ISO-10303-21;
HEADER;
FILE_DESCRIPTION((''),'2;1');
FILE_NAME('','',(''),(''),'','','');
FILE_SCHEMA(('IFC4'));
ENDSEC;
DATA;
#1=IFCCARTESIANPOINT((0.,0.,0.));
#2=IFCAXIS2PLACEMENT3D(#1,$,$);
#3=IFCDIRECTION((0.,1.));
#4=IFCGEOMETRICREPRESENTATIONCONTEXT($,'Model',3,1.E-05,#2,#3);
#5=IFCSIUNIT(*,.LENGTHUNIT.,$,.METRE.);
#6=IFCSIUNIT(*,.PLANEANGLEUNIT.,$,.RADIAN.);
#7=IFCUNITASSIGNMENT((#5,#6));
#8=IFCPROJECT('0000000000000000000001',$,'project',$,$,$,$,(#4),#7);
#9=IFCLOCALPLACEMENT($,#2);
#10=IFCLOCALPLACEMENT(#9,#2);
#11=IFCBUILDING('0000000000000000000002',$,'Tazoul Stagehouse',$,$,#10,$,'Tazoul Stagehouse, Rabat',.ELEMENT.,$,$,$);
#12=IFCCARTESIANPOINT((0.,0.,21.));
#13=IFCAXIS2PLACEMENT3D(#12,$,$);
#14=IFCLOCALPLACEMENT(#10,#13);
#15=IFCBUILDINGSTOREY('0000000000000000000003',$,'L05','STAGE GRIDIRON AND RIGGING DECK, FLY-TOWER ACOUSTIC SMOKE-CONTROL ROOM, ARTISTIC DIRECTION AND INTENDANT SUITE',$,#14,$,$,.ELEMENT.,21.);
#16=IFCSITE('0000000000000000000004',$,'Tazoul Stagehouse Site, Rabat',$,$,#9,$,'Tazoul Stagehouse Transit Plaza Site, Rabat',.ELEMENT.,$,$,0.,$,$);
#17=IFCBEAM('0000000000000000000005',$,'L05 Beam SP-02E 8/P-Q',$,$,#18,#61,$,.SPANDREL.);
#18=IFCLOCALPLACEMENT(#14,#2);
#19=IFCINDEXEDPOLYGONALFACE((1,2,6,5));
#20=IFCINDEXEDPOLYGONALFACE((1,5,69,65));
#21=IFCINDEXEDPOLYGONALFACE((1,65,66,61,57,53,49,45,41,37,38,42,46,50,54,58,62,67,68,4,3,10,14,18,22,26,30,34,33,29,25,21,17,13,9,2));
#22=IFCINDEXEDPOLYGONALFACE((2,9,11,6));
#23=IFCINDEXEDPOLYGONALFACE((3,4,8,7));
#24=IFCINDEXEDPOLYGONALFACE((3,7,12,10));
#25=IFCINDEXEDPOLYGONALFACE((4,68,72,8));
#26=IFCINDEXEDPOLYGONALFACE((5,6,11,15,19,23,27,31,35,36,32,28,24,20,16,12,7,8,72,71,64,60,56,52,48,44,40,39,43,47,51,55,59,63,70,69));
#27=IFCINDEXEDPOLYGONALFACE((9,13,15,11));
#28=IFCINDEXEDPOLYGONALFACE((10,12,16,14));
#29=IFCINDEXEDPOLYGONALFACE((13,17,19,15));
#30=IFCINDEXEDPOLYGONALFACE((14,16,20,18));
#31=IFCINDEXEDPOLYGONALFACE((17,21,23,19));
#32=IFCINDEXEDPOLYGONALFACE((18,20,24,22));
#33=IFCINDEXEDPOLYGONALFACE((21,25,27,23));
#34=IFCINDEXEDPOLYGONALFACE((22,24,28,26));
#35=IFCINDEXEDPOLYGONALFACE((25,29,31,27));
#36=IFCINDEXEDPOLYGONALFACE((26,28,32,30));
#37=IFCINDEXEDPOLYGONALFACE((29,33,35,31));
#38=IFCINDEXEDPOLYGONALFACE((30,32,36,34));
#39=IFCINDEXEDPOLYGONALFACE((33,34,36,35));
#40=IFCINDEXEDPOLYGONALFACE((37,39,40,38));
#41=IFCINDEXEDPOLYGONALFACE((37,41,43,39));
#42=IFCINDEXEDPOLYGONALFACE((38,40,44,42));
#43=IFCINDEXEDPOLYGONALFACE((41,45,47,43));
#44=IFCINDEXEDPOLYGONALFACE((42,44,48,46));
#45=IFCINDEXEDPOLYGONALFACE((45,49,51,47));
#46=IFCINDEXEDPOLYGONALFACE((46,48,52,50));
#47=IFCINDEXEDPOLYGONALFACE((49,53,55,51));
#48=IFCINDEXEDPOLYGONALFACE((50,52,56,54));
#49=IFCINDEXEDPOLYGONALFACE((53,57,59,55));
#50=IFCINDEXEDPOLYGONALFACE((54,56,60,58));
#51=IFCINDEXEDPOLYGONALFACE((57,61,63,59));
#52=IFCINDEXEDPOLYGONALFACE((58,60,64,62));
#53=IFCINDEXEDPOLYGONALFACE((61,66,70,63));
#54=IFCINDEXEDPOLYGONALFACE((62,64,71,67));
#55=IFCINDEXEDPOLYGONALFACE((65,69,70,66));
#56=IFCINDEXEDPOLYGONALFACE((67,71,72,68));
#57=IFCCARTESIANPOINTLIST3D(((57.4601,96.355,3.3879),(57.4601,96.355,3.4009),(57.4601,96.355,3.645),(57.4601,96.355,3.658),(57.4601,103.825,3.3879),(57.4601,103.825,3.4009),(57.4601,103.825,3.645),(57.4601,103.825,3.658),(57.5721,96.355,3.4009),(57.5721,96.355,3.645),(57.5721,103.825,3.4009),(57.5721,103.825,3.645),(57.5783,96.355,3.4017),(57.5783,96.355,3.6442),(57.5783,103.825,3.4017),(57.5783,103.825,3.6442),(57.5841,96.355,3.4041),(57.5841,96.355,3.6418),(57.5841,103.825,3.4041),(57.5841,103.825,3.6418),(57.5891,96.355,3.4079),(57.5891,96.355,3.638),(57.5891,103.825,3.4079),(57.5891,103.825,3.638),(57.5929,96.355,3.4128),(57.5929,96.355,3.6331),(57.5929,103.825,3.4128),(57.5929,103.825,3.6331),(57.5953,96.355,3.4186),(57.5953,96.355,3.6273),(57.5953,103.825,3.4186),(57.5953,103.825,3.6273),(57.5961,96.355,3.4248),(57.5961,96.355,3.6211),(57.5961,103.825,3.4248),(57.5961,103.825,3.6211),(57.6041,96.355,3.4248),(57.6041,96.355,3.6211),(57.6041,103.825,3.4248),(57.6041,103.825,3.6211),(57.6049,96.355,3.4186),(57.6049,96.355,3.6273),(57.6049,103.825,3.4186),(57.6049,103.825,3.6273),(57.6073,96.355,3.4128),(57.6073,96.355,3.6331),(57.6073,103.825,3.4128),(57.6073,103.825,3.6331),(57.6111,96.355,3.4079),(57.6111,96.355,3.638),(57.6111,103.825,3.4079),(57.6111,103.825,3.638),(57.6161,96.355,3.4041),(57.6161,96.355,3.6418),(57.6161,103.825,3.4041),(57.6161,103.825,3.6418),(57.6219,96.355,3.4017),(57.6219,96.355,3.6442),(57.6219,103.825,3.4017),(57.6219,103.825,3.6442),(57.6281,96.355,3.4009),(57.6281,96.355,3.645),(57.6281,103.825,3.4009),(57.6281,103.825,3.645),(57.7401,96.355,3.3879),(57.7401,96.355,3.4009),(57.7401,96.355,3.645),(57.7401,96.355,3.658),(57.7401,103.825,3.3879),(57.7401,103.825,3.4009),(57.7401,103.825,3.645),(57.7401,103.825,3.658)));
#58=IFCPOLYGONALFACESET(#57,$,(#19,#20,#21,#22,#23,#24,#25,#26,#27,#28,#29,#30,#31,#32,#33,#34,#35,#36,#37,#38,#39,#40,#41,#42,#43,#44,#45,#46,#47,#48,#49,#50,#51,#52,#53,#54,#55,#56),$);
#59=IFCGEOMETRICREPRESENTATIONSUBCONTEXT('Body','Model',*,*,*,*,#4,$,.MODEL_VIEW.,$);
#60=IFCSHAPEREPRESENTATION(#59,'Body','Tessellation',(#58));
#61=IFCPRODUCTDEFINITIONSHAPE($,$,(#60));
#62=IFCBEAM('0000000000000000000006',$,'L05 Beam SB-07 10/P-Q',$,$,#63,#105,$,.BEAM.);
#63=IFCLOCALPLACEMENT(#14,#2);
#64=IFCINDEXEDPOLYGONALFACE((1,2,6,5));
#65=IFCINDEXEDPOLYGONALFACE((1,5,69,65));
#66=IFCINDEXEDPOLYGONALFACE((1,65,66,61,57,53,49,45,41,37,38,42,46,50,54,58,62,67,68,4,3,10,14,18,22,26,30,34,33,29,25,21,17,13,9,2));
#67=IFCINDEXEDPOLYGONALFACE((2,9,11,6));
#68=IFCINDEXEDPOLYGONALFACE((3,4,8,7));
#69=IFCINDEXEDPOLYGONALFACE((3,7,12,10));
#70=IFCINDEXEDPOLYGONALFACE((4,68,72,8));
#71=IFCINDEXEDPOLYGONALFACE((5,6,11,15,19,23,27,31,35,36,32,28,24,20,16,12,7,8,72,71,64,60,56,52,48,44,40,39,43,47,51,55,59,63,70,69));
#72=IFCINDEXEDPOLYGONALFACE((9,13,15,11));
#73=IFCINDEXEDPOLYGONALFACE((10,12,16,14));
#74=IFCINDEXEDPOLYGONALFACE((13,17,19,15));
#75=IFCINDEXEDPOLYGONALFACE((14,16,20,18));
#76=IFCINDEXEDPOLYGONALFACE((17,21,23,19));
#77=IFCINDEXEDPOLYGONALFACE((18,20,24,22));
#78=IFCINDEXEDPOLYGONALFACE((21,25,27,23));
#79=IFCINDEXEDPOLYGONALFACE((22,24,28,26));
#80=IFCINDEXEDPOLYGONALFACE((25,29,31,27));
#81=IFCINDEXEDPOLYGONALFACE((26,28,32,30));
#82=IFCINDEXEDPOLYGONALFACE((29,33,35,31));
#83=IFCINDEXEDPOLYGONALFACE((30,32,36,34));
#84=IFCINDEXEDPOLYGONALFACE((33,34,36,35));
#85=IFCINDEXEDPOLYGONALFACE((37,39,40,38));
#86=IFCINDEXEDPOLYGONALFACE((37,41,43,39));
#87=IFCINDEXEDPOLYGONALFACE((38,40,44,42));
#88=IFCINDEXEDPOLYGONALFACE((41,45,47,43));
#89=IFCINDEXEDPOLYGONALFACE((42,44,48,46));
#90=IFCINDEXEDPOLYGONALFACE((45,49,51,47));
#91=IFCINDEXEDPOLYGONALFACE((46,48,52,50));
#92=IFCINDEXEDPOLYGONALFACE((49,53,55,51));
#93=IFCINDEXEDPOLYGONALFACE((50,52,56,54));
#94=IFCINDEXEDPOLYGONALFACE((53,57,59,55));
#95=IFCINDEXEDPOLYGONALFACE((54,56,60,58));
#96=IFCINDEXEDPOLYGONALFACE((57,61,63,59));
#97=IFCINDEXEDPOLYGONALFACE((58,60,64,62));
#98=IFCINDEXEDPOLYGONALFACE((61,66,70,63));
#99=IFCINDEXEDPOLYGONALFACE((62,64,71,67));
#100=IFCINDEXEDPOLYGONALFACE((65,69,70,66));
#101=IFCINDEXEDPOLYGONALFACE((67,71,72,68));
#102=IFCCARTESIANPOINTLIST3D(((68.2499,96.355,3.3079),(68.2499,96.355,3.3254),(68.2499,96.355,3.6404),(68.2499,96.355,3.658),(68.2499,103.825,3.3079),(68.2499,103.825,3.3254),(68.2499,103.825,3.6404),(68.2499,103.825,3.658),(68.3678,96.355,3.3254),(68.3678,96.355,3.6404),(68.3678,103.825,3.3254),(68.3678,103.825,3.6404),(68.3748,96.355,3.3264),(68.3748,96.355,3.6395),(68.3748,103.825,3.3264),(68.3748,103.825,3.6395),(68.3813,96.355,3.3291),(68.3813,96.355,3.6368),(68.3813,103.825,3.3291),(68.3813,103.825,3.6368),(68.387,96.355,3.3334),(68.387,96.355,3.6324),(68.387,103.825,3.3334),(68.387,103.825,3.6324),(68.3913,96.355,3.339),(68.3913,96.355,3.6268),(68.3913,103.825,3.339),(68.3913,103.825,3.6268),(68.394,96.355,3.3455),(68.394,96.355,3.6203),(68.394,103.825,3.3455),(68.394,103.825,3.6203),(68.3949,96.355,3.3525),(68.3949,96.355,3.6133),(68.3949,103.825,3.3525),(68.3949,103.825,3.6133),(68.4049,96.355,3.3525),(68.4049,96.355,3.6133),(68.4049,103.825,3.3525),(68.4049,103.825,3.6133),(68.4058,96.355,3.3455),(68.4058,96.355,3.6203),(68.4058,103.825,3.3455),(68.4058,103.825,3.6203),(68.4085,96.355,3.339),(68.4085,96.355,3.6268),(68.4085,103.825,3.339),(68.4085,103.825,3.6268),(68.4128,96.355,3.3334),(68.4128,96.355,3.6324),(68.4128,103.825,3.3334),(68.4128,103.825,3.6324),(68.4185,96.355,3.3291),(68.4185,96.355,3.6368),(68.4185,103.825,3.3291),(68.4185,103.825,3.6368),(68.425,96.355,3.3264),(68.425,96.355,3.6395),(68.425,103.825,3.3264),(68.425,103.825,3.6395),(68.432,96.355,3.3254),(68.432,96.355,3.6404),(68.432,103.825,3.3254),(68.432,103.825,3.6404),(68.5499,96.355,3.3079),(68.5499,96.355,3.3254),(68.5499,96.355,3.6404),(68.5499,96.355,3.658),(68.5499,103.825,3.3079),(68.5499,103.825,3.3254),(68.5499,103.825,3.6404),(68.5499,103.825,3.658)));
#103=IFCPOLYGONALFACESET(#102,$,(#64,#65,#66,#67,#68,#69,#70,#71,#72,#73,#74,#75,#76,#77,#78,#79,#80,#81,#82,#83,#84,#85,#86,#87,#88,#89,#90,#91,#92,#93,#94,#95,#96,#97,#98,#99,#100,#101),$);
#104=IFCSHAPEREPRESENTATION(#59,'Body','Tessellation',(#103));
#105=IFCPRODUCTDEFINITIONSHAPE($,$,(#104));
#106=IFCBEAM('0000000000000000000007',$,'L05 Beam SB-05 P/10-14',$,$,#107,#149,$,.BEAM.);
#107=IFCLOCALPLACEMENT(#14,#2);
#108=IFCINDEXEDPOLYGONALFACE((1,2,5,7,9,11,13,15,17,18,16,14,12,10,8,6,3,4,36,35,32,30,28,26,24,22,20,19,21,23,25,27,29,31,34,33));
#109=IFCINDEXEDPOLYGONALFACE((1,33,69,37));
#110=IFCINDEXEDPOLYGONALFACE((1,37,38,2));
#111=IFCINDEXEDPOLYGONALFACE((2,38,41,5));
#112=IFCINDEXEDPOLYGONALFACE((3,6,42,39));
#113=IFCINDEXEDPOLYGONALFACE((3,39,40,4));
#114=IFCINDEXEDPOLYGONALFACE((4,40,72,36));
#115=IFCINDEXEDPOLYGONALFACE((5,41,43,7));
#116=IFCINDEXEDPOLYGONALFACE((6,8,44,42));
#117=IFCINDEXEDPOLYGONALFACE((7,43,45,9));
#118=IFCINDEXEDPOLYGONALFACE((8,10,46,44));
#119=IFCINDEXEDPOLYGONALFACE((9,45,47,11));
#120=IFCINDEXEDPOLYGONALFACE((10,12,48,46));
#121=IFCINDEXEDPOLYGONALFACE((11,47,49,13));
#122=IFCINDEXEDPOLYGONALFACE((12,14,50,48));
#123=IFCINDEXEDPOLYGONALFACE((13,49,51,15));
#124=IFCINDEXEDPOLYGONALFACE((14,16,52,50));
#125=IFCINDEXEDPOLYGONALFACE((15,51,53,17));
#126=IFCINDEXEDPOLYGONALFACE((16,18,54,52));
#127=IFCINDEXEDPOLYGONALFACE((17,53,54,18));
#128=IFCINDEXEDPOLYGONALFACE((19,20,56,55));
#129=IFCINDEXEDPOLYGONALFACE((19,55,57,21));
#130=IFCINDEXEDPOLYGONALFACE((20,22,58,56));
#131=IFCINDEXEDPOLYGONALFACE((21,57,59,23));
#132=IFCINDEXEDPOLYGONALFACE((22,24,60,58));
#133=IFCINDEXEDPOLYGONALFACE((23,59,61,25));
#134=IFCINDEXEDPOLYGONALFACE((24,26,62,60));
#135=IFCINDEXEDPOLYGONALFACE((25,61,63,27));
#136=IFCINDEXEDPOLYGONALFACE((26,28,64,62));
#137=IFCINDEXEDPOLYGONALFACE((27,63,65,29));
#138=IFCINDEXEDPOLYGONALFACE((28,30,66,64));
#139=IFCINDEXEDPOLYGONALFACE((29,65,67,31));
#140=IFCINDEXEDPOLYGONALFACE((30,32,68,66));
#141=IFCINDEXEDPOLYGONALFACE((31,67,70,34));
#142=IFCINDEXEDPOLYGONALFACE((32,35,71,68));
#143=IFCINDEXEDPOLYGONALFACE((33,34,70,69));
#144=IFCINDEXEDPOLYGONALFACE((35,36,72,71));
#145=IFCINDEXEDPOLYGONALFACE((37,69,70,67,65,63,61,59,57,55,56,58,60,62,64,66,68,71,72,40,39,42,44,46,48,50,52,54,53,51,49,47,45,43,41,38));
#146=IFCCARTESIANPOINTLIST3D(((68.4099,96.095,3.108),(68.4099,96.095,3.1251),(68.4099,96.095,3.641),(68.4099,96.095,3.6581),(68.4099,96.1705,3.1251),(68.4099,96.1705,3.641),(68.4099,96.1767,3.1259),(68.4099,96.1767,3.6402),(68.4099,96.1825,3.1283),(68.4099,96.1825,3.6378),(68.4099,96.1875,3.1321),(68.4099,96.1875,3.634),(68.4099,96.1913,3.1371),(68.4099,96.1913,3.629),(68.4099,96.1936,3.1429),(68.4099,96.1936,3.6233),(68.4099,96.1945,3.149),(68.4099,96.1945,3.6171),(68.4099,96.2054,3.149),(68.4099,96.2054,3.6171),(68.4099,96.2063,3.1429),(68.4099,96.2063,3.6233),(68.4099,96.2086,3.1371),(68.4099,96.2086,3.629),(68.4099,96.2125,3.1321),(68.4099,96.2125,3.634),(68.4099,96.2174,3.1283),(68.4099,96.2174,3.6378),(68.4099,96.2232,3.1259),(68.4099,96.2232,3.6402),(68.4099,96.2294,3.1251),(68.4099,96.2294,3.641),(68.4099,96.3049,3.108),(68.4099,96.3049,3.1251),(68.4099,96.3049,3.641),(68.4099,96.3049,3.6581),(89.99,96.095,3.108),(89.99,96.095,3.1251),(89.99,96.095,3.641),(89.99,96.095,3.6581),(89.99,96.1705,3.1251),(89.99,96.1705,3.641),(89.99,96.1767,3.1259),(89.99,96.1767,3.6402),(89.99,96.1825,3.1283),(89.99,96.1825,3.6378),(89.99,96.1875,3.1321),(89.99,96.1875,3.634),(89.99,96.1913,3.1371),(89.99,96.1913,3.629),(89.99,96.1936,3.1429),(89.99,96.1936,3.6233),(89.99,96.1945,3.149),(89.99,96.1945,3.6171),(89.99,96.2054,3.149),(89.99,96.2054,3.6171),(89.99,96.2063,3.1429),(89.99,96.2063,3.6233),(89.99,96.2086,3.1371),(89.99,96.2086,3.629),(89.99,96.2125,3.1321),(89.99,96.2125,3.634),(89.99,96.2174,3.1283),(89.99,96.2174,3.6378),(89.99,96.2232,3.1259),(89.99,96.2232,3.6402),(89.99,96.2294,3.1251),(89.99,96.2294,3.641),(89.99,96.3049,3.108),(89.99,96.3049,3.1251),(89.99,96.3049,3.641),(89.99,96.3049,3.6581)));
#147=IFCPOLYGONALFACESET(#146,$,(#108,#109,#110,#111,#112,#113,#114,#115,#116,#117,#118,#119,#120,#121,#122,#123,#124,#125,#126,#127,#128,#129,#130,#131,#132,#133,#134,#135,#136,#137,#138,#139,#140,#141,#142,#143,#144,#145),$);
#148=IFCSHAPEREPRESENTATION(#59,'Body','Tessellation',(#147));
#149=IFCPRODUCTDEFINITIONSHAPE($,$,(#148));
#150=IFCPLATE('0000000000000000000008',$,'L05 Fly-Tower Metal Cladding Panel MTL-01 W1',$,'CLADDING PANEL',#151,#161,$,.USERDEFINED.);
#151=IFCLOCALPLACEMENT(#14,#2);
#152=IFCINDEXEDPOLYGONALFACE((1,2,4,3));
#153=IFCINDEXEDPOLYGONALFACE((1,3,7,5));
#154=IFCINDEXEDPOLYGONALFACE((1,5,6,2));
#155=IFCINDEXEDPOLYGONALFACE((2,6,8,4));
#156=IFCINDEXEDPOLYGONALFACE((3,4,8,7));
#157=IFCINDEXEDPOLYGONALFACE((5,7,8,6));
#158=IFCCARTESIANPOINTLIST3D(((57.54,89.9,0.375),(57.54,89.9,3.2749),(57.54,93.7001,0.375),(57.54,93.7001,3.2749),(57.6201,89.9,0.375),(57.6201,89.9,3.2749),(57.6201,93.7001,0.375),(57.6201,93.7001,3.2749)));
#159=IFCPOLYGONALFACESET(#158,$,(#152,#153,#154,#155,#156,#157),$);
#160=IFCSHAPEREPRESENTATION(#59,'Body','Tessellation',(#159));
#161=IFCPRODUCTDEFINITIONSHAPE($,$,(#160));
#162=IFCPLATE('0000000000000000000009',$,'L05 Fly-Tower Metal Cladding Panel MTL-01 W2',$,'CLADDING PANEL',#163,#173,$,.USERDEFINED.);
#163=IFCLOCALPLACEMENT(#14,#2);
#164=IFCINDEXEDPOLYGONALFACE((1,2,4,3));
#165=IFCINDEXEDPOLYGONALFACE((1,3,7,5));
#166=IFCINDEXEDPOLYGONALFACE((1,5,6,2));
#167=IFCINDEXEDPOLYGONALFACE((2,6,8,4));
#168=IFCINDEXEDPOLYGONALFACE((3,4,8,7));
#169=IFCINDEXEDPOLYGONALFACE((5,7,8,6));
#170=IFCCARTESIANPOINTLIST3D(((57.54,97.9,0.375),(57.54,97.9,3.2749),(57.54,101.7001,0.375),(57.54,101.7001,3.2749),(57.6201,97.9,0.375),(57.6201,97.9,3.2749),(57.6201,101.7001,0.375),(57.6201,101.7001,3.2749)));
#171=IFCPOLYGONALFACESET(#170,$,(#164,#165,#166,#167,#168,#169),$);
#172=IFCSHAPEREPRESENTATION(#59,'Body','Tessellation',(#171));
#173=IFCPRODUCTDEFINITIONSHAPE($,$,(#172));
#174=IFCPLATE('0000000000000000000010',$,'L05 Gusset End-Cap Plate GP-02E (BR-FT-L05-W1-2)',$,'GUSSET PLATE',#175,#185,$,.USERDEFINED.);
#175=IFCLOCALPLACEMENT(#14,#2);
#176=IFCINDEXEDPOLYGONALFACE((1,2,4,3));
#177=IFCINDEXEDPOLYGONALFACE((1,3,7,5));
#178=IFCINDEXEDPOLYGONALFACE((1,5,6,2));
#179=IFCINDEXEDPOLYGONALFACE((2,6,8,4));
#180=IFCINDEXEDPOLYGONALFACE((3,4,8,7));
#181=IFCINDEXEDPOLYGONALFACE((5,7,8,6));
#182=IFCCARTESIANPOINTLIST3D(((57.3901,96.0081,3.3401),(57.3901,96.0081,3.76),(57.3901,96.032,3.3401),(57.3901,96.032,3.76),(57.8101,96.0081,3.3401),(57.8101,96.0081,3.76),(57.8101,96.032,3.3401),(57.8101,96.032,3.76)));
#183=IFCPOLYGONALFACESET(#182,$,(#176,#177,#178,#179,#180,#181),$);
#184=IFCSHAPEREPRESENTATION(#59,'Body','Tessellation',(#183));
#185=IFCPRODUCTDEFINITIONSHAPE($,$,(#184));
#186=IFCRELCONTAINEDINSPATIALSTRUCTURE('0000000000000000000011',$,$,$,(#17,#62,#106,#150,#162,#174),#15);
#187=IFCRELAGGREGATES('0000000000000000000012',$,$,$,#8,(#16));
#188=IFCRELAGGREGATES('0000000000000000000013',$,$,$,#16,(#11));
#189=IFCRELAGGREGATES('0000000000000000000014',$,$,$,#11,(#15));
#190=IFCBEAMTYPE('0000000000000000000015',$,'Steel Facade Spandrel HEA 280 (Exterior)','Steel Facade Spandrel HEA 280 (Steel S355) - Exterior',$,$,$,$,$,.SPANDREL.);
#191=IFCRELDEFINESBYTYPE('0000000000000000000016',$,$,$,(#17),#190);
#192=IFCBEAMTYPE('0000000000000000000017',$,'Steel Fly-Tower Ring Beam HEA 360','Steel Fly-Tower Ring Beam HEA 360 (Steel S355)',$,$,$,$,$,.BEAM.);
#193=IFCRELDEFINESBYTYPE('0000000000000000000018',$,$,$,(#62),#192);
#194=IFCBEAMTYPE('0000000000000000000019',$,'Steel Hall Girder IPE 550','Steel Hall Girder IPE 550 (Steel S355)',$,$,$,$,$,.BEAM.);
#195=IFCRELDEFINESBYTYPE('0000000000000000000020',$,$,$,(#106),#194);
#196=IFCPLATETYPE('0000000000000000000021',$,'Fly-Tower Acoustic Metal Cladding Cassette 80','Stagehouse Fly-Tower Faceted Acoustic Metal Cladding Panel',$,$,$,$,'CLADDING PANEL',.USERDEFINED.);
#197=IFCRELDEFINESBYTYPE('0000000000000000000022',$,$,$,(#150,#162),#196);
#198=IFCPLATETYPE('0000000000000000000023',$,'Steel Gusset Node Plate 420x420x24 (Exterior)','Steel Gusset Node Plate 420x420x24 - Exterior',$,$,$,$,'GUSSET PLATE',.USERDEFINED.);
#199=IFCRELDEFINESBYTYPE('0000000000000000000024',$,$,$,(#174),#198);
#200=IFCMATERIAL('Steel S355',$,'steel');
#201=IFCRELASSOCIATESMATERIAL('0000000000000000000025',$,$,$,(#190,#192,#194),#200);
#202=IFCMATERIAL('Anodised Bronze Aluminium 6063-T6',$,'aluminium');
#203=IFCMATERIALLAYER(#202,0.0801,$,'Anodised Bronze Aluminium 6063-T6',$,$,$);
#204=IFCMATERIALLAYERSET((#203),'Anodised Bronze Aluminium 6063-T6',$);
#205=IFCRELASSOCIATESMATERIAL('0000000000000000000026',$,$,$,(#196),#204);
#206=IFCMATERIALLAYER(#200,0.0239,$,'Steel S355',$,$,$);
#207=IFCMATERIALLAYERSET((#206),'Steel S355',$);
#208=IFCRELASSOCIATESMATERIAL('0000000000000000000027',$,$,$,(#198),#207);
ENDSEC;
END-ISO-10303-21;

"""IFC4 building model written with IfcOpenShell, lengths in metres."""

from ifc_helpers import new_model, si_unit, direction, frame, origin, origin_2d, place, context, subcontext, project, spatial, rectangle, i_section, extrude, material, layer, layer_set, material_profile, profile_set, type_object, element, save


model = new_model("IFC4")

# Units and contexts
model_context = context("Model", 3, precision=1e-05, world=origin(), true_north=direction((0.0, 1.0)))
body_context = subcontext(model_context, "Body", "Model", "MODEL_VIEW")
ifc_project = project(units=[si_unit("LENGTHUNIT", "METRE"), si_unit("PLANEANGLEUNIT", "RADIAN")], contexts=[model_context])

# Site, building, storey
site_placement = place(None, origin())
site = spatial("IfcSite", under=ifc_project, at=site_placement, Name="Tazoul Stagehouse Site, Rabat", LongName="Tazoul Stagehouse Transit Plaza Site, Rabat", CompositionType="ELEMENT", RefElevation=0.0)
building_placement = place(site_placement, origin())
building = spatial("IfcBuilding", under=site, at=building_placement, Name="Tazoul Stagehouse", LongName="Tazoul Stagehouse, Rabat", CompositionType="ELEMENT")
storey_placement = place(building_placement, frame((0.0, 0.0, 21.0)))
storey = spatial("IfcBuildingStorey", under=building, at=storey_placement, Name="L05", Description="STAGE GRIDIRON AND RIGGING DECK, FLY-TOWER ACOUSTIC SMOKE-CONTROL ROOM, ARTISTIC DIRECTION AND INTENDANT SUITE", CompositionType="ELEMENT", Elevation=21.0)

# Shared definitions
ifc_material_1 = material(Name="Steel S355", Category="steel")

# Beams
ifc_material_profile_1 = material_profile(ifc_material_1, i_section(OverallWidth=0.28, OverallDepth=0.27, WebThickness=0.0081, FlangeThickness=0.0129, FilletRadius=0.0239, at=origin_2d()), Name="HEA 280")
ifc_profile_set_1 = profile_set([ifc_material_profile_1], Name="Steel S355")
beam_type_1 = type_object("IfcBeamType", Name="Steel Facade Spandrel HEA 280 (Exterior)", Description="Steel Facade Spandrel HEA 280 (Steel S355) - Exterior", PredefinedType="SPANDREL", material=ifc_profile_set_1)
beam_1_placement = place(storey_placement, frame((57.6001, 96.355, 3.5229), z_axis=(0.0, 1.0, 0.0), x_axis=(-1.0, 0.0, 0.0)))
element("IfcBeam", 1, at=beam_1_placement, inside=storey, type_object=beam_type_1, Name="L05 Beam SP-02E 8/P-Q", PredefinedType="SPANDREL", context=body_context, shape_type="SweptSolid", body=[
    extrude(i_section(OverallWidth=0.28, OverallDepth=0.27, WebThickness=0.0081, FlangeThickness=0.0129, FilletRadius=0.0239, at=origin_2d()), origin(), (0.0, 0.0, 1.0), 7.47),
])
ifc_material_profile_2 = material_profile(ifc_material_1, i_section(OverallWidth=0.3, OverallDepth=0.3501, WebThickness=0.01, FlangeThickness=0.0176, FilletRadius=0.0271, at=origin_2d()), Name="HEA 360")
ifc_profile_set_2 = profile_set([ifc_material_profile_2], Name="Steel S355")
beam_type_2 = type_object("IfcBeamType", Name="Steel Fly-Tower Ring Beam HEA 360", Description="Steel Fly-Tower Ring Beam HEA 360 (Steel S355)", PredefinedType="BEAM", material=ifc_profile_set_2)
beam_2_placement = place(storey_placement, frame((68.3999, 96.355, 3.4829), z_axis=(0.0, 1.0, 0.0), x_axis=(-1.0, 0.0, 0.0)))
element("IfcBeam", 2, at=beam_2_placement, inside=storey, type_object=beam_type_2, Name="L05 Beam SB-07 10/P-Q", PredefinedType="BEAM", context=body_context, shape_type="SweptSolid", body=[
    extrude(i_section(OverallWidth=0.3, OverallDepth=0.3501, WebThickness=0.01, FlangeThickness=0.0176, FilletRadius=0.0271, at=origin_2d()), origin(), (0.0, 0.0, 1.0), 7.47),
])
ifc_material_profile_3 = material_profile(ifc_material_1, i_section(OverallWidth=0.21, OverallDepth=0.55, WebThickness=0.011, FlangeThickness=0.0171, FilletRadius=0.0239, at=origin_2d()), Name="IPE 550")
ifc_profile_set_3 = profile_set([ifc_material_profile_3], Name="Steel S355")
beam_type_3 = type_object("IfcBeamType", Name="Steel Hall Girder IPE 550", Description="Steel Hall Girder IPE 550 (Steel S355)", PredefinedType="BEAM", material=ifc_profile_set_3)
beam_3_placement = place(storey_placement, frame((68.4099, 96.2, 3.3831), z_axis=(1.0, 0.0, 0.0), x_axis=(0.0, 1.0, 0.0)))
element("IfcBeam", 3, at=beam_3_placement, inside=storey, type_object=beam_type_3, Name="L05 Beam SB-05 P/10-14", PredefinedType="BEAM", context=body_context, shape_type="SweptSolid", body=[
    extrude(i_section(OverallWidth=0.21, OverallDepth=0.55, WebThickness=0.011, FlangeThickness=0.0171, FilletRadius=0.0239, at=origin_2d()), origin(), (0.0, 0.0, 1.0), 21.5801),
])

# Plates
ifc_material_2 = material(Name="Anodised Bronze Aluminium 6063-T6", Category="aluminium")
ifc_layer_1 = layer(ifc_material_2, 0.0801, Name="Anodised Bronze Aluminium 6063-T6")
ifc_layer_set_1 = layer_set([ifc_layer_1], Name="Anodised Bronze Aluminium 6063-T6")
plate_type_1 = type_object("IfcPlateType", Name="Fly-Tower Acoustic Metal Cladding Cassette 80", Description="Stagehouse Fly-Tower Faceted Acoustic Metal Cladding Panel", ElementType="CLADDING PANEL", PredefinedType="USERDEFINED", material=ifc_layer_set_1)
for number, where, z_axis, x_axis, name in (
    (4, (57.5801, 91.8, 0.375), (0.0, 0.0, 1.0), (0.0, 1.0, 0.0), "L05 Fly-Tower Metal Cladding Panel MTL-01 W1"),
    (5, (57.5801, 99.8, 0.375), (0.0, 0.0, 1.0), (0.0, 1.0, 0.0), "L05 Fly-Tower Metal Cladding Panel MTL-01 W2"),
):
    element("IfcPlate", number, at=place(storey_placement, frame(where, z_axis=z_axis, x_axis=x_axis)), inside=storey, type_object=plate_type_1, Name=name, ObjectType="CLADDING PANEL", PredefinedType="USERDEFINED", context=body_context, shape_type="SweptSolid", body=[
        extrude(rectangle(XDim=3.8, YDim=0.0801, at=origin_2d()), origin(), (0.0, 0.0, 1.0), 2.8999),
    ])
ifc_layer_2 = layer(ifc_material_1, 0.0239, Name="Steel S355")
ifc_layer_set_2 = layer_set([ifc_layer_2], Name="Steel S355")
plate_type_2 = type_object("IfcPlateType", Name="Steel Gusset Node Plate 420x420x24 (Exterior)", Description="Steel Gusset Node Plate 420x420x24 - Exterior", ElementType="GUSSET PLATE", PredefinedType="USERDEFINED", material=ifc_layer_set_2)
plate_placement = place(storey_placement, frame((57.6001, 96.02, 3.3401), z_axis=(0.0, 0.0, 1.0), x_axis=(0.0, 1.0, 0.0)))
element("IfcPlate", 6, at=plate_placement, inside=storey, type_object=plate_type_2, Name="L05 Gusset End-Cap Plate GP-02E (BR-FT-L05-W1-2)", ObjectType="GUSSET PLATE", PredefinedType="USERDEFINED", context=body_context, shape_type="SweptSolid", body=[
    extrude(rectangle(XDim=0.0239, YDim=0.4199, at=origin_2d()), origin(), (0.0, 0.0, 1.0), 0.4199),
])

save(model, "model.ifc")
